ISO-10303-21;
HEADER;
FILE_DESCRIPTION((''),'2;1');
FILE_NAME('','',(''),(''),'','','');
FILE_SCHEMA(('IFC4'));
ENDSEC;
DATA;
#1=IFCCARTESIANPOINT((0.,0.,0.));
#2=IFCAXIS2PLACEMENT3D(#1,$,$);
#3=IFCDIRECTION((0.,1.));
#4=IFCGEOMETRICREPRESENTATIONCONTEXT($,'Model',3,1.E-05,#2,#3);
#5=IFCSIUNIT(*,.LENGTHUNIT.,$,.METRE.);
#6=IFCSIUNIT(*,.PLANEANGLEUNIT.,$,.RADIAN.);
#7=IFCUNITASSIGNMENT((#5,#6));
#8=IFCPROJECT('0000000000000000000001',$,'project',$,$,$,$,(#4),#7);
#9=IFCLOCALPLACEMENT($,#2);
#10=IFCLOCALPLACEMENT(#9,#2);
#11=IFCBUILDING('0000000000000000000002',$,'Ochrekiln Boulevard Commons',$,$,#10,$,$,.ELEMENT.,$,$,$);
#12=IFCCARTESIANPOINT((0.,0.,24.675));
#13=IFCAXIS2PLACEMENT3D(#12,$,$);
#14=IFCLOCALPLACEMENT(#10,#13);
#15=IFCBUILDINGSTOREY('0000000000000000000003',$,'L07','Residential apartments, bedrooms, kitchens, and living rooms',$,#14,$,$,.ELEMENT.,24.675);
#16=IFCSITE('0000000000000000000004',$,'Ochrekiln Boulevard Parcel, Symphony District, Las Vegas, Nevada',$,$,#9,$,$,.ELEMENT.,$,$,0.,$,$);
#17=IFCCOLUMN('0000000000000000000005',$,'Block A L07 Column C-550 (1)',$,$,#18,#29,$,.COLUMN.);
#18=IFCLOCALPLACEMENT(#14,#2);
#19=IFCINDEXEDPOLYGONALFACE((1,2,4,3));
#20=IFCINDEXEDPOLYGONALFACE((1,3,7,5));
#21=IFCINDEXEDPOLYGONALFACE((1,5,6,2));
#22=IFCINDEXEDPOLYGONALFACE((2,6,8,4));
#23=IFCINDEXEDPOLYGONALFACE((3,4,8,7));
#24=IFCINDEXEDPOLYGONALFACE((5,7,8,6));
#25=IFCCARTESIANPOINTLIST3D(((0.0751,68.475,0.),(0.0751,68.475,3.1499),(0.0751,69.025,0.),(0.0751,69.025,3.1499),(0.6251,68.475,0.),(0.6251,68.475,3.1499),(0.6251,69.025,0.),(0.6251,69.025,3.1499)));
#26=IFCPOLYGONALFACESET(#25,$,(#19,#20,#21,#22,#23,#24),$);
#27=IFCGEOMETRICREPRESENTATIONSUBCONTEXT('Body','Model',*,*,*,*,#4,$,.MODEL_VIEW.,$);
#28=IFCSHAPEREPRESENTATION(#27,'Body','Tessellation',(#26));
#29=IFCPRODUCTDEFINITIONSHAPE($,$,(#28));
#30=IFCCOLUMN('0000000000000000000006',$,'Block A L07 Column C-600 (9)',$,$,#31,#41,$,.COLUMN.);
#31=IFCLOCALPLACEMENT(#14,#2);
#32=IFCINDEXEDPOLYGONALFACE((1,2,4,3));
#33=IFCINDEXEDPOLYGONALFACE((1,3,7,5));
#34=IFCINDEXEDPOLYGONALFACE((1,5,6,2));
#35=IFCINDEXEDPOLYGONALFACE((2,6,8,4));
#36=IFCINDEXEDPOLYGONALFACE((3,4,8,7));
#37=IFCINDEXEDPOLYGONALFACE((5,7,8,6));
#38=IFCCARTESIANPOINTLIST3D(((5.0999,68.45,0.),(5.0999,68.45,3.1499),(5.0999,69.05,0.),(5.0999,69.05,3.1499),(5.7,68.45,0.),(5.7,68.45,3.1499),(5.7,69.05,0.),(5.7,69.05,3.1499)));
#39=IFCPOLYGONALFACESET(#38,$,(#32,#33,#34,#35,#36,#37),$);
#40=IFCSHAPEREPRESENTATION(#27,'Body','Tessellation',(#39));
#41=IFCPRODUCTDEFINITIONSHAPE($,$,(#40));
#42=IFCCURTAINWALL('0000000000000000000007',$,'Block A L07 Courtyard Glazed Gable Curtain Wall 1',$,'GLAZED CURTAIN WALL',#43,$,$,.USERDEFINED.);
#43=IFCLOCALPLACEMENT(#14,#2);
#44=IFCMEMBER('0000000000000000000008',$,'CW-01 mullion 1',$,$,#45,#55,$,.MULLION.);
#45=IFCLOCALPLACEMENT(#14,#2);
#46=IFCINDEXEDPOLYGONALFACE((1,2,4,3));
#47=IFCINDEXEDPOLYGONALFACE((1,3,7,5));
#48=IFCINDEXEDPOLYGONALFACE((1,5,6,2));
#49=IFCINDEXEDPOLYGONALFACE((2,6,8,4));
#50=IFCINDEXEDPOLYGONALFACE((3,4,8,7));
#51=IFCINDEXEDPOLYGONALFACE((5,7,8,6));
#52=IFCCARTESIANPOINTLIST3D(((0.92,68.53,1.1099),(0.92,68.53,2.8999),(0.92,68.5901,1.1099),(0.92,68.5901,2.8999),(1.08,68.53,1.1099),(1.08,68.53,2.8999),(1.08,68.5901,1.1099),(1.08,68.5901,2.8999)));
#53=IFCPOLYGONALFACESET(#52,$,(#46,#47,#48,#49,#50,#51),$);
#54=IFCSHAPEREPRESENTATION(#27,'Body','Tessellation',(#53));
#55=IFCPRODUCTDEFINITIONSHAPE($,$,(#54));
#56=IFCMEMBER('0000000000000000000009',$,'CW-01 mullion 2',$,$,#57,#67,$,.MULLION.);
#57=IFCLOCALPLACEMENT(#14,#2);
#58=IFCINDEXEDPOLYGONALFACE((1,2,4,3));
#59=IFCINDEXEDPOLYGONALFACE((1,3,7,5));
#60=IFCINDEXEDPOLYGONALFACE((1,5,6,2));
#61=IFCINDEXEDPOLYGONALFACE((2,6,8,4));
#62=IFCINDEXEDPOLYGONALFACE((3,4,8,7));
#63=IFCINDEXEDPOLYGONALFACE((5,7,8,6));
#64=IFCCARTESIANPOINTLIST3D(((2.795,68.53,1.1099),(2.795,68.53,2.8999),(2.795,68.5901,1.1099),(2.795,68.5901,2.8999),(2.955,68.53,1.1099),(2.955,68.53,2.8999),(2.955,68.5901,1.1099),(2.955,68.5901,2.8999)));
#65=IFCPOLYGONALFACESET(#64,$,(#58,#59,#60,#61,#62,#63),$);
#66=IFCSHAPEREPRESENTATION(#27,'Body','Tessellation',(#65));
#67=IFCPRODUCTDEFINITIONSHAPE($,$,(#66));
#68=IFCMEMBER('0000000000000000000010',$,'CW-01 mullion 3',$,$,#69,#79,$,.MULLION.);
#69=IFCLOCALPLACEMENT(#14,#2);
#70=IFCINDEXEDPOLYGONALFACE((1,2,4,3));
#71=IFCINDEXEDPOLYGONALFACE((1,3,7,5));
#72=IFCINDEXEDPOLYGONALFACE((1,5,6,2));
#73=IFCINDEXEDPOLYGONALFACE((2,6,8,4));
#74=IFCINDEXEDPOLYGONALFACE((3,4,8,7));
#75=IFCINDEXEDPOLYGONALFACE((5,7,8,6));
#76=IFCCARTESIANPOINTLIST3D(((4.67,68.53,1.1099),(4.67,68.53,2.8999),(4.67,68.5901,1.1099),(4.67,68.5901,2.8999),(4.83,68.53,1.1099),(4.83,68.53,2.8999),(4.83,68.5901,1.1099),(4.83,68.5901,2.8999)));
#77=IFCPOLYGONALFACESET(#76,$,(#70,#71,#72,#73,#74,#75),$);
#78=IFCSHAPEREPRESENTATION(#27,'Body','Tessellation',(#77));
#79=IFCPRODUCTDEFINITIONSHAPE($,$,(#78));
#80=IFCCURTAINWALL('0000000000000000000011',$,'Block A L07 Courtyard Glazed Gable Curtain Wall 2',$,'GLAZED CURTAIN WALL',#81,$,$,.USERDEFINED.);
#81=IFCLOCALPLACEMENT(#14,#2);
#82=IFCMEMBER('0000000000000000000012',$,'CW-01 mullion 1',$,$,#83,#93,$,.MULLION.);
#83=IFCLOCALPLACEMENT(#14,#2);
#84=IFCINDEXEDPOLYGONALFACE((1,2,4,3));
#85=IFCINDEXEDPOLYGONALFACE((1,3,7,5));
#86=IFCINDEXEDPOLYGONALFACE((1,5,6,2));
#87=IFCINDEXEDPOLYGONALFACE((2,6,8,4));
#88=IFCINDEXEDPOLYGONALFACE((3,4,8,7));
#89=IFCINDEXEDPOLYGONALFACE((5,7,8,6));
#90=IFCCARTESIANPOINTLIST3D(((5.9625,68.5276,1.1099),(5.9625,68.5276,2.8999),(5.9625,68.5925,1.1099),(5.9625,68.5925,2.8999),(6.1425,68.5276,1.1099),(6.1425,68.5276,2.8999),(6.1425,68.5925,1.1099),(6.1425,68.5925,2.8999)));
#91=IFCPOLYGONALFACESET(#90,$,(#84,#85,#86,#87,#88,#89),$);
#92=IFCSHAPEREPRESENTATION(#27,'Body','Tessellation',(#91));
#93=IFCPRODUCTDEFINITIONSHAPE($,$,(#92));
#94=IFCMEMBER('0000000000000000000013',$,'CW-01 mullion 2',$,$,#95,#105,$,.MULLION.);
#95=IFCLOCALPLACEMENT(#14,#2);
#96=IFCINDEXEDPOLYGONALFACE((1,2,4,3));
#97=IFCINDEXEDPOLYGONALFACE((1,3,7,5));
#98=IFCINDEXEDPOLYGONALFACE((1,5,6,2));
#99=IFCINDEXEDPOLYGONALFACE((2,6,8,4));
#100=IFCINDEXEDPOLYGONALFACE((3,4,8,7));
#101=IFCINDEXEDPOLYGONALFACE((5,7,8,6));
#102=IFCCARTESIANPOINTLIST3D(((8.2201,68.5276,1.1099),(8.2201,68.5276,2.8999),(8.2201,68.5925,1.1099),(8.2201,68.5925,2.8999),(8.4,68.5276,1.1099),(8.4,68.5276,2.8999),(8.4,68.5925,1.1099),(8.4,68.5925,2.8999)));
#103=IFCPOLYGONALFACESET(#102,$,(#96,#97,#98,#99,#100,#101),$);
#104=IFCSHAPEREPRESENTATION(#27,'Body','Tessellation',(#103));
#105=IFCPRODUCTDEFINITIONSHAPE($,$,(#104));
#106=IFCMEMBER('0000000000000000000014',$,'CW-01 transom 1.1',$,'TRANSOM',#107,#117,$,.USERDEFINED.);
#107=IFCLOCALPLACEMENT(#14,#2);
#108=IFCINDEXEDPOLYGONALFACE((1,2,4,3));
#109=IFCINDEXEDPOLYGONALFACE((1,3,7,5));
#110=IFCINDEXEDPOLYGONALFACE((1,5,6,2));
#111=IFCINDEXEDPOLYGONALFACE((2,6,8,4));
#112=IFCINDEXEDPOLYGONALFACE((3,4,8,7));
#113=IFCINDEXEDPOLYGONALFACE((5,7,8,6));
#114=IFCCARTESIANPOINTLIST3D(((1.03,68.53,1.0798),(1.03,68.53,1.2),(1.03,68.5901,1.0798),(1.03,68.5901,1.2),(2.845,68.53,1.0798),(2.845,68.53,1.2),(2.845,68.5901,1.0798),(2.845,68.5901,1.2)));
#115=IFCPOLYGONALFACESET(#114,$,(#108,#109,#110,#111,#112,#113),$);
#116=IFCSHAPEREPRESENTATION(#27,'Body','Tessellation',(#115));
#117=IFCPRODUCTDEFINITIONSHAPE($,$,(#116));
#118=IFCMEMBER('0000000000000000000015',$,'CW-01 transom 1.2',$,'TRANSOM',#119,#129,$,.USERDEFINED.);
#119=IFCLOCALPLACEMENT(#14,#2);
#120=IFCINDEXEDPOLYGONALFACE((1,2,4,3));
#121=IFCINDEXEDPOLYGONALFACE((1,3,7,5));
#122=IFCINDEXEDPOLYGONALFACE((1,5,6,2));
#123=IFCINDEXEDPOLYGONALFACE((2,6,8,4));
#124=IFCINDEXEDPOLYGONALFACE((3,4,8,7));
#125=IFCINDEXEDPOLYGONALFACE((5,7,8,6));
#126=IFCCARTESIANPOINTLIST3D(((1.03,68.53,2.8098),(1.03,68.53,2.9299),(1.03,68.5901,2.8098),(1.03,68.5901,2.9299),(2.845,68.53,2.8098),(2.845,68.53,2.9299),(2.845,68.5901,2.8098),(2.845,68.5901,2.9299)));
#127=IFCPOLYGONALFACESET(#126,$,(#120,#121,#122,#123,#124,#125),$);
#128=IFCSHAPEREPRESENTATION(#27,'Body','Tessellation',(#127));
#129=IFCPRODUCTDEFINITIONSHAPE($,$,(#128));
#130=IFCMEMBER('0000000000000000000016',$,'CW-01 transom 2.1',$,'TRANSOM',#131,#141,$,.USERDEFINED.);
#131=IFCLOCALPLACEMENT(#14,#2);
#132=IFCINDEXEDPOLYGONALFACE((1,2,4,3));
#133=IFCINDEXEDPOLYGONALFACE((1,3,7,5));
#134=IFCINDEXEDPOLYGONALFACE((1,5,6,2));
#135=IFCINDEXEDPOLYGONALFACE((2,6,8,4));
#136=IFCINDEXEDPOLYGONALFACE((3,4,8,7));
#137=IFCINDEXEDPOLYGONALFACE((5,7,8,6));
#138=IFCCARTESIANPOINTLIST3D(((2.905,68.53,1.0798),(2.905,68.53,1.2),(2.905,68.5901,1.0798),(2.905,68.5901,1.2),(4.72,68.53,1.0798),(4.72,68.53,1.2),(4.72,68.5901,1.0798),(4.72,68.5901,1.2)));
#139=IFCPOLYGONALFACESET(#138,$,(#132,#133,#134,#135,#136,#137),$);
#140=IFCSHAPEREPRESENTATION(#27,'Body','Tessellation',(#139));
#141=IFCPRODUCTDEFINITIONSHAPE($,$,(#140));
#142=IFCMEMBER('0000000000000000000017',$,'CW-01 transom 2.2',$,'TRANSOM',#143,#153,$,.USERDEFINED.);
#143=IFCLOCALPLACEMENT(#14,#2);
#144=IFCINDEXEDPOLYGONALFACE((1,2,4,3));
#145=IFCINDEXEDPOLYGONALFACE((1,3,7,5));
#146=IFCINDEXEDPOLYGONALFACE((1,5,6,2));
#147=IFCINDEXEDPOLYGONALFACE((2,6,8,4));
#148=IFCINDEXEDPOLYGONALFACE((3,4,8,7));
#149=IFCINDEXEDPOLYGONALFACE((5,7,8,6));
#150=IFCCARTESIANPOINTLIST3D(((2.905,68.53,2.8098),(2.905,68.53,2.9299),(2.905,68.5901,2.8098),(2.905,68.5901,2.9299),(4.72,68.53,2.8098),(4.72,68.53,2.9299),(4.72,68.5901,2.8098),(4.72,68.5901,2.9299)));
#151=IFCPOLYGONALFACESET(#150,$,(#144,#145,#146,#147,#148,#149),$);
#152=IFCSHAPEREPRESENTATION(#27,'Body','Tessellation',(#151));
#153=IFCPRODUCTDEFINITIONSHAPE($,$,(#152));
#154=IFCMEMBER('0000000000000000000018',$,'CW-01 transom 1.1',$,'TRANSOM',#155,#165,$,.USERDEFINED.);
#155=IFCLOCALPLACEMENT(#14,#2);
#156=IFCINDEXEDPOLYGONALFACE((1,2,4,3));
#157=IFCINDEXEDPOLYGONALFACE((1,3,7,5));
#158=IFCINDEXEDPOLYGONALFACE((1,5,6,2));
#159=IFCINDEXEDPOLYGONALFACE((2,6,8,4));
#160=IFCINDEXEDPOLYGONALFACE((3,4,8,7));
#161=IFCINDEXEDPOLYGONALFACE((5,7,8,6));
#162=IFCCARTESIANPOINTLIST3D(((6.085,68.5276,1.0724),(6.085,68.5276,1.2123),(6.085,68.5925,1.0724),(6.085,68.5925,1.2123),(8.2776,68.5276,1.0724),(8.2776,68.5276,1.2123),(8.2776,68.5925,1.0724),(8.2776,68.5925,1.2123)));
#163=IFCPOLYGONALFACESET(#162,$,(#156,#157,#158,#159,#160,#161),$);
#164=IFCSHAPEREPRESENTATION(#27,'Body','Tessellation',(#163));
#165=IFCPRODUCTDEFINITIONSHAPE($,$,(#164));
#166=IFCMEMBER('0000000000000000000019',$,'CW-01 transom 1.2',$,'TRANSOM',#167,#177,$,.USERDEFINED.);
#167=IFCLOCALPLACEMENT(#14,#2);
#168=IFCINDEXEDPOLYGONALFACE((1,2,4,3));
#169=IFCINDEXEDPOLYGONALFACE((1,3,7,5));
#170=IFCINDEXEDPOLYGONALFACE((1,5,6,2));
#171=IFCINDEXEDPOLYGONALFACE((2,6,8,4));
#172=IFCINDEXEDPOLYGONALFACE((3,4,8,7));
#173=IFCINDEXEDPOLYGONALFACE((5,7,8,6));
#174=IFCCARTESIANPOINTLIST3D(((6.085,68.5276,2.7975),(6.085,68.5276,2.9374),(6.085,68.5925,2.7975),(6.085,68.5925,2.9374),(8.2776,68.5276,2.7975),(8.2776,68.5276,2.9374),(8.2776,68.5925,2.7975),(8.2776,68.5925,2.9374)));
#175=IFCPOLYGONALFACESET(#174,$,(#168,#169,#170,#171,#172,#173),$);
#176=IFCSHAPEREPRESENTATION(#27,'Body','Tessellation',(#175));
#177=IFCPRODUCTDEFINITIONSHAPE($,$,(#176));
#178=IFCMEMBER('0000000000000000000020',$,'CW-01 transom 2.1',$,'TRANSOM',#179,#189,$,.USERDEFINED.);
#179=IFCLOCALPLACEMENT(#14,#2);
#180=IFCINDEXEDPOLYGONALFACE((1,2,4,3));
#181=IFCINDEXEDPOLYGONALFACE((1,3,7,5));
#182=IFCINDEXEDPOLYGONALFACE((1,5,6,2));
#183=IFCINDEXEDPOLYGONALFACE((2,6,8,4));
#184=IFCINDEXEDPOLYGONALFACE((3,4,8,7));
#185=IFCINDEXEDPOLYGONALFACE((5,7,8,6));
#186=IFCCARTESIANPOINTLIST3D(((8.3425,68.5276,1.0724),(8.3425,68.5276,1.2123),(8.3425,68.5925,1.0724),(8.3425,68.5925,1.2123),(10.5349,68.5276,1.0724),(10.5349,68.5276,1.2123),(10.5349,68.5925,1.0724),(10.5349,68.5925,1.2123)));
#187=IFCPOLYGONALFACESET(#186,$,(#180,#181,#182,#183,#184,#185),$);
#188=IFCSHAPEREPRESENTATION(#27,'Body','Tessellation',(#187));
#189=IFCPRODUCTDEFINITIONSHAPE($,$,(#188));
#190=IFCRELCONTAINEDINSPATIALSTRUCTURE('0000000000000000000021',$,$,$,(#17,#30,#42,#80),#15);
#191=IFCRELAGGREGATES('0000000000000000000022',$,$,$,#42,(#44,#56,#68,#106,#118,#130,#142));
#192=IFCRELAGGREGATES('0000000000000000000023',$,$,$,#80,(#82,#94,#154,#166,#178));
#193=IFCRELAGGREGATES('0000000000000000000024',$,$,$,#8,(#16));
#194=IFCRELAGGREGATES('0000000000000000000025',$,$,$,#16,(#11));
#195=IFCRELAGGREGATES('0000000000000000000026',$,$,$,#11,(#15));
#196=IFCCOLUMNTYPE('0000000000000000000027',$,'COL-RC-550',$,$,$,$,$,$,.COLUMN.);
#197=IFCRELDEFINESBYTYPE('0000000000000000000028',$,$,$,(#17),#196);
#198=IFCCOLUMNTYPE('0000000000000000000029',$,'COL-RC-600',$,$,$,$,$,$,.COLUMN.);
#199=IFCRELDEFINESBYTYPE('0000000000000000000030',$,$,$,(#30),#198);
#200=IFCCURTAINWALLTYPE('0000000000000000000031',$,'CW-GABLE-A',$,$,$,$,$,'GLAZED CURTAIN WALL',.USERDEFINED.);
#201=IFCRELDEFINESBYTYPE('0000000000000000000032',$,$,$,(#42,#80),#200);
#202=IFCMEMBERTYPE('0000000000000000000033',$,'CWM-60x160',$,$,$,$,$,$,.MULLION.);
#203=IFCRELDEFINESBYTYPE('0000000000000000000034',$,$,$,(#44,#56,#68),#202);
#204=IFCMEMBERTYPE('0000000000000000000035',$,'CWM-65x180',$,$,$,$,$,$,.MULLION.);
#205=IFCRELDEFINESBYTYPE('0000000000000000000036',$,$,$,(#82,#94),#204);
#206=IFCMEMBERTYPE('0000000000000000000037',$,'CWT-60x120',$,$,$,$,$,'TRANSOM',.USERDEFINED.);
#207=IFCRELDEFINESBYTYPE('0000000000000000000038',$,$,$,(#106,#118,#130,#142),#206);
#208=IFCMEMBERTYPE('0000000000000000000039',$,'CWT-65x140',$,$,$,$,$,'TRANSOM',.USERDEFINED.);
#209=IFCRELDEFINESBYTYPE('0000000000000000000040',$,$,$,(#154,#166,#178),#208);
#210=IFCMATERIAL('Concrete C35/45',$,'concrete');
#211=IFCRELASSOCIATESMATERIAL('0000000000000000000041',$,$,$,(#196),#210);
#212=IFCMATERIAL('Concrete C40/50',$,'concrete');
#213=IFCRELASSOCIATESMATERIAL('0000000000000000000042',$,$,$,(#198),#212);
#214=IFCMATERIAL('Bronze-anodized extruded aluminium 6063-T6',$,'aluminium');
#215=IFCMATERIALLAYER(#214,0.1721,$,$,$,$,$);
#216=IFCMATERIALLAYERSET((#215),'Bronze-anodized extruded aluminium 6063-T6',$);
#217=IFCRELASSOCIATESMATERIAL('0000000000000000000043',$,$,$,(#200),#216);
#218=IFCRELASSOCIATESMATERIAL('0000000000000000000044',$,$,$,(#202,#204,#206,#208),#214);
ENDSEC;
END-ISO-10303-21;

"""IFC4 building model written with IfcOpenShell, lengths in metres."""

from ifc_helpers import new_model, si_unit, direction, frame, origin, origin_2d, place, context, subcontext, project, spatial, rectangle, extrude, material, layer, layer_set, material_profile, profile_set, type_object, element, aggregate, save


model = new_model("IFC4")

# Units and contexts
model_context = context("Model", 3, precision=1e-05, world=origin(), true_north=direction((0.0, 1.0)))
body_context = subcontext(model_context, "Body", "Model", "MODEL_VIEW")
ifc_project = project(units=[si_unit("LENGTHUNIT", "METRE"), si_unit("PLANEANGLEUNIT", "RADIAN")], contexts=[model_context])

# Site, building, storey
site_placement = place(None, origin())
site = spatial("IfcSite", under=ifc_project, at=site_placement, Name="Ochrekiln Boulevard Parcel, Symphony District, Las Vegas, Nevada", CompositionType="ELEMENT", RefElevation=0.0)
building_placement = place(site_placement, origin())
building = spatial("IfcBuilding", under=site, at=building_placement, Name="Ochrekiln Boulevard Commons", CompositionType="ELEMENT")
storey_placement = place(building_placement, frame((0.0, 0.0, 24.675)))
storey = spatial("IfcBuildingStorey", under=building, at=storey_placement, Name="L07", Description="Residential apartments, bedrooms, kitchens, and living rooms", CompositionType="ELEMENT", Elevation=24.675)

# Columns
ifc_material_1 = material(Name="Concrete C35/45", Category="concrete")
ifc_material_profile_1 = material_profile(ifc_material_1, rectangle(XDim=0.55, YDim=0.55, at=origin_2d()), Name="RC-COL-550x550")
ifc_profile_set_1 = profile_set([ifc_material_profile_1], Name="Concrete C35/45")
column_type_1 = type_object("IfcColumnType", Name="COL-RC-550", PredefinedType="COLUMN", material=ifc_profile_set_1)
column_1_placement = place(storey_placement, frame((0.3501, 68.75, 0.0), z_axis=(0.0, 0.0, 1.0), x_axis=(1.0, 0.0, 0.0)))
element("IfcColumn", 1, at=column_1_placement, inside=storey, type_object=column_type_1, Name="Block A L07 Column C-550 (1)", PredefinedType="COLUMN", context=body_context, shape_type="SweptSolid", body=[
    extrude(rectangle(XDim=0.55, YDim=0.55, at=origin_2d()), origin(), (0.0, 0.0, 1.0), 3.1499),
])
ifc_material_2 = material(Name="Concrete C40/50", Category="concrete")
ifc_material_profile_2 = material_profile(ifc_material_2, rectangle(XDim=0.6001, YDim=0.6001, at=origin_2d()), Name="RC-COL-600x600")
ifc_profile_set_2 = profile_set([ifc_material_profile_2], Name="Concrete C40/50")
column_type_2 = type_object("IfcColumnType", Name="COL-RC-600", PredefinedType="COLUMN", material=ifc_profile_set_2)
column_2_placement = place(storey_placement, frame((5.3999, 68.75, 0.0), z_axis=(0.0, 0.0, 1.0), x_axis=(1.0, 0.0, 0.0)))
element("IfcColumn", 2, at=column_2_placement, inside=storey, type_object=column_type_2, Name="Block A L07 Column C-600 (9)", PredefinedType="COLUMN", context=body_context, shape_type="SweptSolid", body=[
    extrude(rectangle(XDim=0.6001, YDim=0.6001, at=origin_2d()), origin(), (0.0, 0.0, 1.0), 3.1499),
])

# Curtain walls, members
ifc_material_3 = material(Name="Bronze-anodized extruded aluminium 6063-T6", Category="aluminium")
ifc_layer_1 = layer(ifc_material_3, 0.1721)
ifc_layer_set_1 = layer_set([ifc_layer_1], Name="Bronze-anodized extruded aluminium 6063-T6")
curtain_wall_type = type_object("IfcCurtainWallType", Name="CW-GABLE-A", ElementType="GLAZED CURTAIN WALL", PredefinedType="USERDEFINED", material=ifc_layer_set_1)
curtain_wall_1_placement = place(storey_placement, origin())
curtain_wall_1 = element("IfcCurtainWall", 3, at=curtain_wall_1_placement, inside=storey, type_object=curtain_wall_type, Name="Block A L07 Courtyard Glazed Gable Curtain Wall 1", ObjectType="GLAZED CURTAIN WALL", PredefinedType="USERDEFINED")
ifc_material_profile_3 = material_profile(ifc_material_3, rectangle(XDim=0.0601, YDim=0.1599, at=origin_2d()), Name="ALU-MUL-60x160")
ifc_profile_set_3 = profile_set([ifc_material_profile_3], Name="Bronze-anodized extruded aluminium 6063-T6")
member_type_1 = type_object("IfcMemberType", Name="CWM-60x160", PredefinedType="MULLION", material=ifc_profile_set_3)
member_1_placement = place(storey_placement, frame((1.0, 68.5601, 1.1099), z_axis=(0.0, 0.0, 1.0), x_axis=(0.0, 1.0, 0.0)))
member_1 = element("IfcMember", 4, at=member_1_placement, type_object=member_type_1, Name="CW-01 mullion 1", PredefinedType="MULLION", context=body_context, shape_type="SweptSolid", body=[
    extrude(rectangle(XDim=0.0601, YDim=0.1599, at=origin_2d()), origin(), (0.0, 0.0, 1.0), 1.79),
])
member_2_placement = place(storey_placement, frame((2.875, 68.5601, 1.1099), z_axis=(0.0, 0.0, 1.0), x_axis=(0.0, 1.0, 0.0)))
member_2 = element("IfcMember", 5, at=member_2_placement, type_object=member_type_1, Name="CW-01 mullion 2", PredefinedType="MULLION", context=body_context, shape_type="SweptSolid", body=[
    extrude(rectangle(XDim=0.0601, YDim=0.1599, at=origin_2d()), origin(), (0.0, 0.0, 1.0), 1.79),
])
member_3_placement = place(storey_placement, frame((4.75, 68.5601, 1.1099), z_axis=(0.0, 0.0, 1.0), x_axis=(0.0, 1.0, 0.0)))
member_3 = element("IfcMember", 6, at=member_3_placement, type_object=member_type_1, Name="CW-01 mullion 3", PredefinedType="MULLION", context=body_context, shape_type="SweptSolid", body=[
    extrude(rectangle(XDim=0.0601, YDim=0.1599, at=origin_2d()), origin(), (0.0, 0.0, 1.0), 1.79),
])
curtain_wall_2_placement = place(storey_placement, origin())
curtain_wall_2 = element("IfcCurtainWall", 7, at=curtain_wall_2_placement, inside=storey, type_object=curtain_wall_type, Name="Block A L07 Courtyard Glazed Gable Curtain Wall 2", ObjectType="GLAZED CURTAIN WALL", PredefinedType="USERDEFINED")
ifc_material_profile_4 = material_profile(ifc_material_3, rectangle(XDim=0.0649, YDim=0.1799, at=origin_2d()), Name="ALU-MUL-65x180")
ifc_profile_set_4 = profile_set([ifc_material_profile_4], Name="Bronze-anodized extruded aluminium 6063-T6")
member_type_2 = type_object("IfcMemberType", Name="CWM-65x180", PredefinedType="MULLION", material=ifc_profile_set_4)
member_4_placement = place(storey_placement, frame((6.0525, 68.5601, 1.1099), z_axis=(0.0, 0.0, 1.0), x_axis=(0.0, 1.0, 0.0)))
member_4 = element("IfcMember", 8, at=member_4_placement, type_object=member_type_2, Name="CW-01 mullion 1", PredefinedType="MULLION", context=body_context, shape_type="SweptSolid", body=[
    extrude(rectangle(XDim=0.0649, YDim=0.1799, at=origin_2d()), origin(), (0.0, 0.0, 1.0), 1.79),
])
member_5_placement = place(storey_placement, frame((8.3101, 68.5601, 1.1099), z_axis=(0.0, 0.0, 1.0), x_axis=(0.0, 1.0, 0.0)))
member_5 = element("IfcMember", 9, at=member_5_placement, type_object=member_type_2, Name="CW-01 mullion 2", PredefinedType="MULLION", context=body_context, shape_type="SweptSolid", body=[
    extrude(rectangle(XDim=0.0649, YDim=0.1799, at=origin_2d()), origin(), (0.0, 0.0, 1.0), 1.79),
])

# Members
ifc_material_profile_5 = material_profile(ifc_material_3, rectangle(XDim=0.0601, YDim=0.1201, at=origin_2d()), Name="ALU-TRN-60x120")
ifc_profile_set_5 = profile_set([ifc_material_profile_5], Name="Bronze-anodized extruded aluminium 6063-T6")
member_type_3 = type_object("IfcMemberType", Name="CWT-60x120", ElementType="TRANSOM", PredefinedType="USERDEFINED", material=ifc_profile_set_5)
member_6_placement = place(storey_placement, frame((1.03, 68.5601, 1.1399), z_axis=(1.0, 0.0, 0.0), x_axis=(0.0, 1.0, 0.0)))
member_6 = element("IfcMember", 10, at=member_6_placement, type_object=member_type_3, Name="CW-01 transom 1.1", ObjectType="TRANSOM", PredefinedType="USERDEFINED", context=body_context, shape_type="SweptSolid", body=[
    extrude(rectangle(XDim=0.0601, YDim=0.1201, at=origin_2d()), origin(), (0.0, 0.0, 1.0), 1.8149),
])
member_7_placement = place(storey_placement, frame((1.03, 68.5601, 2.8699), z_axis=(1.0, 0.0, 0.0), x_axis=(0.0, 1.0, 0.0)))
member_7 = element("IfcMember", 11, at=member_7_placement, type_object=member_type_3, Name="CW-01 transom 1.2", ObjectType="TRANSOM", PredefinedType="USERDEFINED", context=body_context, shape_type="SweptSolid", body=[
    extrude(rectangle(XDim=0.0601, YDim=0.1201, at=origin_2d()), origin(), (0.0, 0.0, 1.0), 1.8149),
])
member_8_placement = place(storey_placement, frame((2.905, 68.5601, 1.1399), z_axis=(1.0, 0.0, 0.0), x_axis=(0.0, 1.0, 0.0)))
member_8 = element("IfcMember", 12, at=member_8_placement, type_object=member_type_3, Name="CW-01 transom 2.1", ObjectType="TRANSOM", PredefinedType="USERDEFINED", context=body_context, shape_type="SweptSolid", body=[
    extrude(rectangle(XDim=0.0601, YDim=0.1201, at=origin_2d()), origin(), (0.0, 0.0, 1.0), 1.8149),
])
member_9_placement = place(storey_placement, frame((2.905, 68.5601, 2.8699), z_axis=(1.0, 0.0, 0.0), x_axis=(0.0, 1.0, 0.0)))
member_9 = element("IfcMember", 13, at=member_9_placement, type_object=member_type_3, Name="CW-01 transom 2.2", ObjectType="TRANSOM", PredefinedType="USERDEFINED", context=body_context, shape_type="SweptSolid", body=[
    extrude(rectangle(XDim=0.0601, YDim=0.1201, at=origin_2d()), origin(), (0.0, 0.0, 1.0), 1.8149),
])
ifc_material_profile_6 = material_profile(ifc_material_3, rectangle(XDim=0.0649, YDim=0.1399, at=origin_2d()), Name="ALU-TRN-65x140")
ifc_profile_set_6 = profile_set([ifc_material_profile_6], Name="Bronze-anodized extruded aluminium 6063-T6")
member_type_4 = type_object("IfcMemberType", Name="CWT-65x140", ElementType="TRANSOM", PredefinedType="USERDEFINED", material=ifc_profile_set_6)
member_10_placement = place(storey_placement, frame((6.085, 68.5601, 1.1423), z_axis=(1.0, 0.0, 0.0), x_axis=(0.0, 1.0, 0.0)))
member_10 = element("IfcMember", 14, at=member_10_placement, type_object=member_type_4, Name="CW-01 transom 1.1", ObjectType="TRANSOM", PredefinedType="USERDEFINED", context=body_context, shape_type="SweptSolid", body=[
    extrude(rectangle(XDim=0.0649, YDim=0.1399, at=origin_2d()), origin(), (0.0, 0.0, 1.0), 2.1926),
])
member_11_placement = place(storey_placement, frame((6.085, 68.5601, 2.8674), z_axis=(1.0, 0.0, 0.0), x_axis=(0.0, 1.0, 0.0)))
member_11 = element("IfcMember", 15, at=member_11_placement, type_object=member_type_4, Name="CW-01 transom 1.2", ObjectType="TRANSOM", PredefinedType="USERDEFINED", context=body_context, shape_type="SweptSolid", body=[
    extrude(rectangle(XDim=0.0649, YDim=0.1399, at=origin_2d()), origin(), (0.0, 0.0, 1.0), 2.1926),
])
member_12_placement = place(storey_placement, frame((8.3425, 68.5601, 1.1423), z_axis=(1.0, 0.0, 0.0), x_axis=(0.0, 1.0, 0.0)))
member_12 = element("IfcMember", 16, at=member_12_placement, type_object=member_type_4, Name="CW-01 transom 2.1", ObjectType="TRANSOM", PredefinedType="USERDEFINED", context=body_context, shape_type="SweptSolid", body=[
    extrude(rectangle(XDim=0.0649, YDim=0.1399, at=origin_2d()), origin(), (0.0, 0.0, 1.0), 2.1924),
])

aggregate(curtain_wall_1, [member_1, member_2, member_3, member_6, member_7, member_8, member_9])
aggregate(curtain_wall_2, [member_4, member_5, member_10, member_11, member_12])

save(model, "model.ifc")
